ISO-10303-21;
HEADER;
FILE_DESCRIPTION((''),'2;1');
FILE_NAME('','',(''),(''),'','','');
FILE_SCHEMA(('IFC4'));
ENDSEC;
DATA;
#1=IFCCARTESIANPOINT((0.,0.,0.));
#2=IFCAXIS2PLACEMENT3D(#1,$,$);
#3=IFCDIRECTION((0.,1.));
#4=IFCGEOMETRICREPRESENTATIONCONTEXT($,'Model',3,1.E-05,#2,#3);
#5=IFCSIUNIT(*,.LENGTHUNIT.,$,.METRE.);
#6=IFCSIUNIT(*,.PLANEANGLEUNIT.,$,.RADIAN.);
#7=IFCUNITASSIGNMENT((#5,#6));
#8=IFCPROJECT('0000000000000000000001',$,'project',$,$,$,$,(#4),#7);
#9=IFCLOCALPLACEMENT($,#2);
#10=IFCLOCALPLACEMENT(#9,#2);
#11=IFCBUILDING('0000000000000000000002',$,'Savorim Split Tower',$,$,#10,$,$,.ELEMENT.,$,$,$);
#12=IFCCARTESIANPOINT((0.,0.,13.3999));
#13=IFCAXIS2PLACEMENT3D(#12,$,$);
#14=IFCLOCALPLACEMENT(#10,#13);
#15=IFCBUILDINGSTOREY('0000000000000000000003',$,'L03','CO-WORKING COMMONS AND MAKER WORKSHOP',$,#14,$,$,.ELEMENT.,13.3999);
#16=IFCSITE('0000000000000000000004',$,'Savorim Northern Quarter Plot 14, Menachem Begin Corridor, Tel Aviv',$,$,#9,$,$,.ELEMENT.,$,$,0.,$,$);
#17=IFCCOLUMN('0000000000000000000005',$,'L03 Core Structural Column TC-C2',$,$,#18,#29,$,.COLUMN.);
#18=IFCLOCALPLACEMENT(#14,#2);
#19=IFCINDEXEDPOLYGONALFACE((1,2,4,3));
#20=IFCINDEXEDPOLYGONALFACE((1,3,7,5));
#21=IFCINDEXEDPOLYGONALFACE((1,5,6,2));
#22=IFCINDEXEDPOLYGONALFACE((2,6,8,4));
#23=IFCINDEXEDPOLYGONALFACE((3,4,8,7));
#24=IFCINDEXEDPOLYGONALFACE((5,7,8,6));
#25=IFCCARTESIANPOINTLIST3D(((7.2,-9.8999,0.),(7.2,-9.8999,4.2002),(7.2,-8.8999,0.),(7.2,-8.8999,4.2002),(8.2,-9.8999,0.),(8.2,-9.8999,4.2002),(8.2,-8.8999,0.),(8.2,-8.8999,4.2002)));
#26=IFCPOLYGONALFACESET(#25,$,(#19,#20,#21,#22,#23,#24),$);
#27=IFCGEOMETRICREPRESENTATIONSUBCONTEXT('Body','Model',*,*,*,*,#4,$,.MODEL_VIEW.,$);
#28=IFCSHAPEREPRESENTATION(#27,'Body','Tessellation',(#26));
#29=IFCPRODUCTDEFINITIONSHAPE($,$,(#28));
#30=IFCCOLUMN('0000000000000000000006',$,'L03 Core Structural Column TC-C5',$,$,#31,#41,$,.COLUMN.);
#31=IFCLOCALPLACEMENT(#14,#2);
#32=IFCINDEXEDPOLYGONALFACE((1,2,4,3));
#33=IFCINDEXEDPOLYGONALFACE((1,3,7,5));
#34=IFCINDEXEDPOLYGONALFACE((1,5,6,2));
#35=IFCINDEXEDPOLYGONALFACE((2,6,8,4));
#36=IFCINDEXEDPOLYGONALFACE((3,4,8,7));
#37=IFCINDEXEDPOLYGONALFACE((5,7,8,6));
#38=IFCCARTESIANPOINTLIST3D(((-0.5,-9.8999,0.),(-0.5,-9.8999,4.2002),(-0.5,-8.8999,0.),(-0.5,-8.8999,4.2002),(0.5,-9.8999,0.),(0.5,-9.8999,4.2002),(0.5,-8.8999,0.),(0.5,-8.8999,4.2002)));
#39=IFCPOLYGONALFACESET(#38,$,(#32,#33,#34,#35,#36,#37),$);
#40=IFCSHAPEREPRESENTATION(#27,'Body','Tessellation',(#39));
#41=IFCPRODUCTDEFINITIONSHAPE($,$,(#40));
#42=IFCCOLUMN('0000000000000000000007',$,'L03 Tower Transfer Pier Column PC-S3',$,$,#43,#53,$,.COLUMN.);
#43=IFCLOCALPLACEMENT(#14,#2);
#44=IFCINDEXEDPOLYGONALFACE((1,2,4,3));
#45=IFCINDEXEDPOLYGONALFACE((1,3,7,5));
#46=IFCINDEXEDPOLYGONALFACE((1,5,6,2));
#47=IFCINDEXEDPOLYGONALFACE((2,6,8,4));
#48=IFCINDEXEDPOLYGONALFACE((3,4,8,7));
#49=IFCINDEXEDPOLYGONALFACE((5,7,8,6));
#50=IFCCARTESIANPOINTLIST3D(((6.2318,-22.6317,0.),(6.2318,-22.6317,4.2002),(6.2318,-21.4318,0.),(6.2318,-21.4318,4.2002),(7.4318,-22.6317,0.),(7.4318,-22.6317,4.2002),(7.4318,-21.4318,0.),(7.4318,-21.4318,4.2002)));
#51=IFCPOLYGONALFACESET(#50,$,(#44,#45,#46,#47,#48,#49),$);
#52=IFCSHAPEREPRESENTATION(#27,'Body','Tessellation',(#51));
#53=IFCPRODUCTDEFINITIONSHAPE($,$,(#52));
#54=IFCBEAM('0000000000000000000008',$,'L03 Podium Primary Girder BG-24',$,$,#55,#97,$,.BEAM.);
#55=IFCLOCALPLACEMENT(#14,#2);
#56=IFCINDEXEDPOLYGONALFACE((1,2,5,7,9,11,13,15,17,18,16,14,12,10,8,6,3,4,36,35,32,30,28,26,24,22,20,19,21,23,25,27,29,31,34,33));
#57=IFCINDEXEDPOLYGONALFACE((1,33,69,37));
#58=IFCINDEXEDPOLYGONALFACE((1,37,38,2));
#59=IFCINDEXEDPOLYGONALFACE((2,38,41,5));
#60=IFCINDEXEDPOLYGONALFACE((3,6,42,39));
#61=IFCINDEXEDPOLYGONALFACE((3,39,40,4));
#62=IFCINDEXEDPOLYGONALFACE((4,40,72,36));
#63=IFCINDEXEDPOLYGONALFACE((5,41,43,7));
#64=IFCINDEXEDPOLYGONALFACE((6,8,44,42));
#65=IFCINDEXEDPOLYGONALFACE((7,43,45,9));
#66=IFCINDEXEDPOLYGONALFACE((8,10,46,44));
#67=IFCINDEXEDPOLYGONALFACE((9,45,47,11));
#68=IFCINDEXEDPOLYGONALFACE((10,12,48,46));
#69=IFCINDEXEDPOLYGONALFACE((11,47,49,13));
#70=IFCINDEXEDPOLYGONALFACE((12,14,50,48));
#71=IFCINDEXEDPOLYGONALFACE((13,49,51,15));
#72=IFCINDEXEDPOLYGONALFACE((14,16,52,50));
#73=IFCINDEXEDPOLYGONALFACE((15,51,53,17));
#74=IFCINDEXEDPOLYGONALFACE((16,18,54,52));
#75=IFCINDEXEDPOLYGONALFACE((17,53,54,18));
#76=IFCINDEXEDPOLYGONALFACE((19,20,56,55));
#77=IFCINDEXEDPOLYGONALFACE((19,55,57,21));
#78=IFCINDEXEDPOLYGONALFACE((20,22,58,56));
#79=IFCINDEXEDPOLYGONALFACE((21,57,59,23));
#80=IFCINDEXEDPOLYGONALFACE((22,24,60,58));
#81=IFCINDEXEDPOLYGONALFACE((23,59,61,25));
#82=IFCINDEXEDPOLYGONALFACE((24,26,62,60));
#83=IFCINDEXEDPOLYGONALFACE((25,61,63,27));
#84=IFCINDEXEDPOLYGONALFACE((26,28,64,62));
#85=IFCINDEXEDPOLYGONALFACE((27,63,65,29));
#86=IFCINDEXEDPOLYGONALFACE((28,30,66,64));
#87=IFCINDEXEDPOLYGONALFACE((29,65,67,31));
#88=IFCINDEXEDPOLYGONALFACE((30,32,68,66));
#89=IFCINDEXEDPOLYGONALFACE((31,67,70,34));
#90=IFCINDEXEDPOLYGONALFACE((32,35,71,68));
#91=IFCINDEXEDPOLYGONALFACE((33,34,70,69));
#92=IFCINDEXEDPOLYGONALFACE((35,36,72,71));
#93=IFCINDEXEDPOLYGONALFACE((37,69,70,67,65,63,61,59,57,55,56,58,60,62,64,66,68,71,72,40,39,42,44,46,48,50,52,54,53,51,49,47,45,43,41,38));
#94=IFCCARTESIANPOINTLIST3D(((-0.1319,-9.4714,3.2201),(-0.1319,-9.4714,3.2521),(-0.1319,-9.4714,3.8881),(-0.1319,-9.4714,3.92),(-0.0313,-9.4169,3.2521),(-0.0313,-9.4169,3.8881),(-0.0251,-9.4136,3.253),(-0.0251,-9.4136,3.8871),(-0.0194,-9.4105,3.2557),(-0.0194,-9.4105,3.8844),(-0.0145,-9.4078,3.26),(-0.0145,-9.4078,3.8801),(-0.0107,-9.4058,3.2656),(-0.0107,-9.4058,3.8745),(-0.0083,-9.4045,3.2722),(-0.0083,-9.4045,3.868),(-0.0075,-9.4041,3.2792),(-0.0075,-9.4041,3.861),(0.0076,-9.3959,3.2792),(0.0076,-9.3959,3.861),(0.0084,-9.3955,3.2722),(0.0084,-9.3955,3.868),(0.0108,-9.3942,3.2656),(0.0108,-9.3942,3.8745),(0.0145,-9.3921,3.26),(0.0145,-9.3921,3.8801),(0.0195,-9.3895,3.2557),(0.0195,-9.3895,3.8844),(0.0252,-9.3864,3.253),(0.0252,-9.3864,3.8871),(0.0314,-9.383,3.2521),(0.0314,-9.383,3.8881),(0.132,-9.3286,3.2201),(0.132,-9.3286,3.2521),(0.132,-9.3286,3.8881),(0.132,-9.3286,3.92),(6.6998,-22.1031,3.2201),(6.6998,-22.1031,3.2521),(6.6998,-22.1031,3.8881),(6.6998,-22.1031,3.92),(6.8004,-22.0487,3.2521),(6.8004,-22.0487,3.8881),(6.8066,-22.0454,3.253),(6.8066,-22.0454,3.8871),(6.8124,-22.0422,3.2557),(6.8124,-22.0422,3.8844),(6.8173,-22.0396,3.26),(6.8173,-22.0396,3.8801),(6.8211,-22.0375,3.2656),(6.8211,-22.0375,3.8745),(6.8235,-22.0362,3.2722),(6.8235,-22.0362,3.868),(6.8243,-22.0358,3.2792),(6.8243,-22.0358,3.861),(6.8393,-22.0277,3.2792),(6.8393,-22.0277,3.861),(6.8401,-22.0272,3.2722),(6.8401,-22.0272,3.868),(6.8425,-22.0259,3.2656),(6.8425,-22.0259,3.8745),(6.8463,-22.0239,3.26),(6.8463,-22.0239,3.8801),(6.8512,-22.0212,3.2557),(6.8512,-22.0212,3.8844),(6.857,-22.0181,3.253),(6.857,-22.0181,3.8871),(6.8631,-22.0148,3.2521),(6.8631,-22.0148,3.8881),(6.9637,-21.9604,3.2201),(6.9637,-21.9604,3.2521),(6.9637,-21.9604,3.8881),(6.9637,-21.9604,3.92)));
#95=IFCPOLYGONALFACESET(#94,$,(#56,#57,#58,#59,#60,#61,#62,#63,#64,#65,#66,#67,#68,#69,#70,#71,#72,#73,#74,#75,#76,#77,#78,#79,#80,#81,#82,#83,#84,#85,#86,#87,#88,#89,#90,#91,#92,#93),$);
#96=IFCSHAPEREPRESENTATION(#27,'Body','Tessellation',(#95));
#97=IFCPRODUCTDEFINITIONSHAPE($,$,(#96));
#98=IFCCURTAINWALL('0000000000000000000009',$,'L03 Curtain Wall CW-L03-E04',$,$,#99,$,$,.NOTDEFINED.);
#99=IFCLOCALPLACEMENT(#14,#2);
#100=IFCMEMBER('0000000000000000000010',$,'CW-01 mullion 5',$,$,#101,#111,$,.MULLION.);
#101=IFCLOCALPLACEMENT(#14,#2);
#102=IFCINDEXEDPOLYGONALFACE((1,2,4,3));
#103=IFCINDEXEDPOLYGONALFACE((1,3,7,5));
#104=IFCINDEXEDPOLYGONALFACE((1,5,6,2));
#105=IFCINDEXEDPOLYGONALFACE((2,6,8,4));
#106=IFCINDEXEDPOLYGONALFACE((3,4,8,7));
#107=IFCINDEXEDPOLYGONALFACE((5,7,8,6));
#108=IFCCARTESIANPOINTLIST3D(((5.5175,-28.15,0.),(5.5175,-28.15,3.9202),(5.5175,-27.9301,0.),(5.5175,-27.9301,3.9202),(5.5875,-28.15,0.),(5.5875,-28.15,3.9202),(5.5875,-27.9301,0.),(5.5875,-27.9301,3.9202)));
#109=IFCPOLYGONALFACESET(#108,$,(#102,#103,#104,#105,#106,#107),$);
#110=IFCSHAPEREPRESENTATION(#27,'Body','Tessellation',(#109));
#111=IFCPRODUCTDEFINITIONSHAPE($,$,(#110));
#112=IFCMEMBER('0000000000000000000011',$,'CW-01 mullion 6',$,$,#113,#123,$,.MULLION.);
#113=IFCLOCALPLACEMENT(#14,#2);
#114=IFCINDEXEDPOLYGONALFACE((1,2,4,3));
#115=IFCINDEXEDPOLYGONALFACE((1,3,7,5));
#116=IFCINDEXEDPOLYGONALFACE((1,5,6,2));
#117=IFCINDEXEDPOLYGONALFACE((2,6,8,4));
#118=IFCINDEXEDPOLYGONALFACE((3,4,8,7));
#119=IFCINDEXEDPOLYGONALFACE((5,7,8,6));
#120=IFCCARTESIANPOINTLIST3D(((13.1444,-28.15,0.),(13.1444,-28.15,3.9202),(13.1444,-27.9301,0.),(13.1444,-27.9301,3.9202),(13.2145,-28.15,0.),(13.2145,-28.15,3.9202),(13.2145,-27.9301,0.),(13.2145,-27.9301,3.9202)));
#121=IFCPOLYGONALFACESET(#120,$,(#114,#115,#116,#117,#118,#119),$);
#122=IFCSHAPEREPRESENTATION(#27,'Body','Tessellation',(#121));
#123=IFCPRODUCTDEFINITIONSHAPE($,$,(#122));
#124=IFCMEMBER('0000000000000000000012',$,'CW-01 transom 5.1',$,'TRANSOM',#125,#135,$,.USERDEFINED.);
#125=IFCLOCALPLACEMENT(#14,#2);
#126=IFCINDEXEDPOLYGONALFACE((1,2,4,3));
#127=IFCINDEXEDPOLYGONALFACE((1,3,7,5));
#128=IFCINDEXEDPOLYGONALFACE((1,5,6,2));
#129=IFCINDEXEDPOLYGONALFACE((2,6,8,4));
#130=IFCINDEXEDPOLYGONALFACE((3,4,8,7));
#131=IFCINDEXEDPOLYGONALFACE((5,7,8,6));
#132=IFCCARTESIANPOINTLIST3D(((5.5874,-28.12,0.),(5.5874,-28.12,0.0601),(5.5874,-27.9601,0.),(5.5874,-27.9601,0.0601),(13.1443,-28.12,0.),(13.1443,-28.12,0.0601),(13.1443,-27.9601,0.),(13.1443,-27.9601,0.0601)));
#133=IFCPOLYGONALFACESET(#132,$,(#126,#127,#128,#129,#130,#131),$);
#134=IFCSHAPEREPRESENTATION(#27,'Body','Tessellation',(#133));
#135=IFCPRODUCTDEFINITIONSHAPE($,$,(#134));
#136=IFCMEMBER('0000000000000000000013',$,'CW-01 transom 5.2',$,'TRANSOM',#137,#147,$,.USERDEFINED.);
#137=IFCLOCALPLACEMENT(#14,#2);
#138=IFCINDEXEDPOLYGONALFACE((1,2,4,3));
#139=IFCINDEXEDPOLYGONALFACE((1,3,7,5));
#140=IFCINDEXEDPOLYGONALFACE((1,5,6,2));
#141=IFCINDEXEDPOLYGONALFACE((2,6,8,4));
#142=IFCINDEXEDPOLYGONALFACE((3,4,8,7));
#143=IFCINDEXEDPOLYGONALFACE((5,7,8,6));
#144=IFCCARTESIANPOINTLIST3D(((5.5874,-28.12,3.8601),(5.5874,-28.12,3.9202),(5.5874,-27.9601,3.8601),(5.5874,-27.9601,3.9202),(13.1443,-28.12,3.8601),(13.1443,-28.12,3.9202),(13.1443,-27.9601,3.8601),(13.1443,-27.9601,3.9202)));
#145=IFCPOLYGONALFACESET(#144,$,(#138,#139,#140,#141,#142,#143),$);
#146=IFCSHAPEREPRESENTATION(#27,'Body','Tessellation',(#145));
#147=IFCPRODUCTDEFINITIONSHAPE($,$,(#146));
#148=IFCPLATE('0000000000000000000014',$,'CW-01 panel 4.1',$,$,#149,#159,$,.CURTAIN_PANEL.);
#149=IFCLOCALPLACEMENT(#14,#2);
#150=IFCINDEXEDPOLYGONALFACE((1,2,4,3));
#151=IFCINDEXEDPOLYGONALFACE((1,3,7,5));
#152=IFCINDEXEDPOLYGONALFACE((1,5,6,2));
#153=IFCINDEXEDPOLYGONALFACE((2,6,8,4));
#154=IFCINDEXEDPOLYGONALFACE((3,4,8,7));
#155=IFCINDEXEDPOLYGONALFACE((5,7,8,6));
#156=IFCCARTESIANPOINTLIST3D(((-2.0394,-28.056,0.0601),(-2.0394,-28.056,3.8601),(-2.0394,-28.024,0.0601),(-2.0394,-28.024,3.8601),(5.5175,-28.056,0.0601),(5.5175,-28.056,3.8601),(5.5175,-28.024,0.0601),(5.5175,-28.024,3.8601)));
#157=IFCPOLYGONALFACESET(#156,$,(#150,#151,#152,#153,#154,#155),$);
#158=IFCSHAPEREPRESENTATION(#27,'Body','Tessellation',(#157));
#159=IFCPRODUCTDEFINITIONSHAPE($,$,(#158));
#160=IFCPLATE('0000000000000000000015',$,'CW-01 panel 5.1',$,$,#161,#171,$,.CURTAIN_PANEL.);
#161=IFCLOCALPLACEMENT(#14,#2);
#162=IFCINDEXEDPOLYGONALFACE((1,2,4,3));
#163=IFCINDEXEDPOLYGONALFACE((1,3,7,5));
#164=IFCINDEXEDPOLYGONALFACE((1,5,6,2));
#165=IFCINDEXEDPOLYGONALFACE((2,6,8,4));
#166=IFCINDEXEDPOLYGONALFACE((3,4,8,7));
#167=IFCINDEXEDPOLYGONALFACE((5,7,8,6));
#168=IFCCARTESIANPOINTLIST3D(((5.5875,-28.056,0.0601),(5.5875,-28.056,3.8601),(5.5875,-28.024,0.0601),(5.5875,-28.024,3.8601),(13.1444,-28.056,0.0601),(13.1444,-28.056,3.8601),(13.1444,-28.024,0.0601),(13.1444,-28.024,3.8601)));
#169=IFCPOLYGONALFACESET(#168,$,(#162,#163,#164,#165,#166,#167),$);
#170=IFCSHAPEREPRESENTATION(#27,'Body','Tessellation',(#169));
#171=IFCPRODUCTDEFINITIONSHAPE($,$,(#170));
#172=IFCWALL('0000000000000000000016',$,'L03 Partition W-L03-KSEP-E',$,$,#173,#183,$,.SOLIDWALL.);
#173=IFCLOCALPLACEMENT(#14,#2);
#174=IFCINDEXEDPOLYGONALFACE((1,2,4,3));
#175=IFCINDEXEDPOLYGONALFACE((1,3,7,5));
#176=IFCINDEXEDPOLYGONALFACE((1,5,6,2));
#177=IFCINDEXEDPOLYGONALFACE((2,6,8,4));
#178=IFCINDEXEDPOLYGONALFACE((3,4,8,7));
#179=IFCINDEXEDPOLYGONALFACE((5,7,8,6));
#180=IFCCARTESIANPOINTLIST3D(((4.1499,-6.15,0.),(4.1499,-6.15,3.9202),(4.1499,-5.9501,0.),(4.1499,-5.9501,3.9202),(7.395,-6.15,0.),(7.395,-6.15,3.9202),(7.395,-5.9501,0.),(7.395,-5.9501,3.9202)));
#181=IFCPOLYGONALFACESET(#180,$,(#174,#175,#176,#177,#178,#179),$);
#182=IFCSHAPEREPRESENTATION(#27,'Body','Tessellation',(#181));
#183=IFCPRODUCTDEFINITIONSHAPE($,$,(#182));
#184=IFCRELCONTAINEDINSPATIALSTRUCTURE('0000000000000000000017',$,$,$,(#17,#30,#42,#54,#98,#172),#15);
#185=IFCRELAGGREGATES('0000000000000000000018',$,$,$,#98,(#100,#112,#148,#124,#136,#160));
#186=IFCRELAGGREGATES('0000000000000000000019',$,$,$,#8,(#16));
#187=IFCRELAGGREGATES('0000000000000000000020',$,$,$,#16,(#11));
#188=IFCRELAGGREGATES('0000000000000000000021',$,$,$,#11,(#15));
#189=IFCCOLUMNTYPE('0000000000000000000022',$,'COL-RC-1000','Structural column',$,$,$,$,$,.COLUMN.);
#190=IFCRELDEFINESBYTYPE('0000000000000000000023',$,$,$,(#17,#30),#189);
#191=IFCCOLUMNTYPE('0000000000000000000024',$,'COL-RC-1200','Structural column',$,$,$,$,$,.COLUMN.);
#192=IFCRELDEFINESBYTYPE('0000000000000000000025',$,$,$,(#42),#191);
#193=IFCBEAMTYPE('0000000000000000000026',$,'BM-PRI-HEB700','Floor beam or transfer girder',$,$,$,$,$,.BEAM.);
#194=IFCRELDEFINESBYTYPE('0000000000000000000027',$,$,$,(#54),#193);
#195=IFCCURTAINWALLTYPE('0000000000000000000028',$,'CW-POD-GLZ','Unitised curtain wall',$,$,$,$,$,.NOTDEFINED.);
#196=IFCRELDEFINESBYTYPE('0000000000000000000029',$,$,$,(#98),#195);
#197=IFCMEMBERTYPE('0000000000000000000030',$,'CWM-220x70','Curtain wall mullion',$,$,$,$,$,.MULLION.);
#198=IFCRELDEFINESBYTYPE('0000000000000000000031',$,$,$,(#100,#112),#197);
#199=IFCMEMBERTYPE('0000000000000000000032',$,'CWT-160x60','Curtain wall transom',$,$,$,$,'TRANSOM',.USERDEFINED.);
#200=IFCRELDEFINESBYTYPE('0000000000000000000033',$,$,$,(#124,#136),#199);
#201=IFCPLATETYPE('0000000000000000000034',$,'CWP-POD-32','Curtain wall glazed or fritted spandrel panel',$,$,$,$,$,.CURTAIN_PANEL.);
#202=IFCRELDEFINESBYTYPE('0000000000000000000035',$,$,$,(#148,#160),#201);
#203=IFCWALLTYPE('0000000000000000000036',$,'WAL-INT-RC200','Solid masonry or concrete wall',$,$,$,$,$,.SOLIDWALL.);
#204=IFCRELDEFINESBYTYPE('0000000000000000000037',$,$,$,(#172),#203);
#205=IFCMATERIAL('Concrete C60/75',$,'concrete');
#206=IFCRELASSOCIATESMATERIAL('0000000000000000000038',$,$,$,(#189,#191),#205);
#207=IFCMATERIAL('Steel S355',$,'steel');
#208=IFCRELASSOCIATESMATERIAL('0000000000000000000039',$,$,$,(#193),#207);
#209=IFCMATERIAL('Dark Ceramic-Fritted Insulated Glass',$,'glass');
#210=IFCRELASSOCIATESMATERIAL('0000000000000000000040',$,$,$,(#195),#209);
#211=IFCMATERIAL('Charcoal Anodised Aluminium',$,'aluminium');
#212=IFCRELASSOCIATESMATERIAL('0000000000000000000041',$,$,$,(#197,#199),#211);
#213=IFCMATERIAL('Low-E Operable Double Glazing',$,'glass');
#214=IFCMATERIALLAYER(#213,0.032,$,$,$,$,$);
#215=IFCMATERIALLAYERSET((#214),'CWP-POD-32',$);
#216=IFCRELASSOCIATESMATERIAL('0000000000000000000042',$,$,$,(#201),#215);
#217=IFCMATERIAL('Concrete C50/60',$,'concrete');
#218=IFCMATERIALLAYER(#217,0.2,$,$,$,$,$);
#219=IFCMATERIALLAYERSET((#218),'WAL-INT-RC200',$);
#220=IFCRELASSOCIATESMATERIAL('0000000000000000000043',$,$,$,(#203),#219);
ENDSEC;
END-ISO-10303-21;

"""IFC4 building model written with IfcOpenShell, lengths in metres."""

from ifc_helpers import new_model, si_unit, direction, frame, frame_2d, origin, origin_2d, place, context, subcontext, project, spatial, rectangle, i_section, extrude, material, layer, layer_set, material_profile, profile_set, type_object, element, aggregate, save


model = new_model("IFC4")

# Units and contexts
model_context = context("Model", 3, precision=1e-05, world=origin(), true_north=direction((0.0, 1.0)))
body_context = subcontext(model_context, "Body", "Model", "MODEL_VIEW")
ifc_project = project(units=[si_unit("LENGTHUNIT", "METRE"), si_unit("PLANEANGLEUNIT", "RADIAN")], contexts=[model_context])

# Site, building, storey
site_placement = place(None, origin())
site = spatial("IfcSite", under=ifc_project, at=site_placement, Name="Savorim Northern Quarter Plot 14, Menachem Begin Corridor, Tel Aviv", CompositionType="ELEMENT", RefElevation=0.0)
building_placement = place(site_placement, origin())
building = spatial("IfcBuilding", under=site, at=building_placement, Name="Savorim Split Tower", CompositionType="ELEMENT")
storey_placement = place(building_placement, frame((0.0, 0.0, 13.3999)))
storey = spatial("IfcBuildingStorey", under=building, at=storey_placement, Name="L03", Description="CO-WORKING COMMONS AND MAKER WORKSHOP", CompositionType="ELEMENT", Elevation=13.3999)

# Columns
ifc_material_1 = material(Name="Concrete C60/75", Category="concrete")
ifc_material_profile_1 = material_profile(ifc_material_1, rectangle(XDim=1.0, YDim=1.0, at=origin_2d()), Name="RC 1000x1000")
ifc_profile_set_1 = profile_set([ifc_material_profile_1], Name="Concrete C60/75")
column_type_1 = type_object("IfcColumnType", Name="COL-RC-1000", Description="Structural column", PredefinedType="COLUMN", material=ifc_profile_set_1)
for number, where, z_axis, x_axis, name in (
    (1, (7.7, -9.3999, 0.0), (0.0, 0.0, 1.0), (1.0, 0.0, 0.0), "L03 Core Structural Column TC-C2"),
    (2, (0.0, -9.3999, 0.0), (0.0, 0.0, 1.0), (1.0, 0.0, 0.0), "L03 Core Structural Column TC-C5"),
):
    element("IfcColumn", number, at=place(storey_placement, frame(where, z_axis=z_axis, x_axis=x_axis)), inside=storey, type_object=column_type_1, Name=name, PredefinedType="COLUMN", context=body_context, shape_type="SweptSolid", body=[
        extrude(rectangle(XDim=1.0, YDim=1.0, at=origin_2d()), origin(), (0.0, 0.0, 1.0), 4.2002),
    ])
ifc_material_profile_2 = material_profile(ifc_material_1, rectangle(XDim=1.2, YDim=1.2, at=origin_2d()), Name="RC 1200x1200")
ifc_profile_set_2 = profile_set([ifc_material_profile_2], Name="Concrete C60/75")
column_type_2 = type_object("IfcColumnType", Name="COL-RC-1200", Description="Structural column", PredefinedType="COLUMN", material=ifc_profile_set_2)
column_placement = place(storey_placement, frame((6.8318, -22.0317, 0.0), z_axis=(0.0, 0.0, 1.0), x_axis=(1.0, 0.0, 0.0)))
element("IfcColumn", 3, at=column_placement, inside=storey, type_object=column_type_2, Name="L03 Tower Transfer Pier Column PC-S3", PredefinedType="COLUMN", context=body_context, shape_type="SweptSolid", body=[
    extrude(rectangle(XDim=1.2, YDim=1.2, at=origin_2d()), origin(), (0.0, 0.0, 1.0), 4.2002),
])

# Beam
ifc_material_2 = material(Name="Steel S355", Category="steel")
ifc_material_profile_3 = material_profile(ifc_material_2, i_section(OverallWidth=0.3, OverallDepth=0.7, WebThickness=0.0171, FlangeThickness=0.032, FilletRadius=0.0271, at=origin_2d()), Name="HEB 700")
ifc_profile_set_3 = profile_set([ifc_material_profile_3], Name="Steel S355")
beam_type = type_object("IfcBeamType", Name="BM-PRI-HEB700", Description="Floor beam or transfer girder", PredefinedType="BEAM", material=ifc_profile_set_3)
beam_placement = place(storey_placement, frame((6.8318, -22.0317, 3.5701), z_axis=(-0.47572, 0.879597, 0.0), x_axis=(-0.879597, -0.47572, 0.0)))
element("IfcBeam", 4, at=beam_placement, inside=storey, type_object=beam_type, Name="L03 Podium Primary Girder BG-24", PredefinedType="BEAM", context=body_context, shape_type="SweptSolid", body=[
    extrude(i_section(OverallWidth=0.3, OverallDepth=0.7, WebThickness=0.0171, FlangeThickness=0.032, FilletRadius=0.0271, at=origin_2d()), origin(), (0.0, 0.0, 1.0), 14.3608),
])

# Curtain wall, members, plates
ifc_material_3 = material(Name="Dark Ceramic-Fritted Insulated Glass", Category="glass")
curtain_wall_type = type_object("IfcCurtainWallType", Name="CW-POD-GLZ", Description="Unitised curtain wall", PredefinedType="NOTDEFINED", material=ifc_material_3)
curtain_wall_placement = place(storey_placement, origin())
curtain_wall = element("IfcCurtainWall", 5, at=curtain_wall_placement, inside=storey, type_object=curtain_wall_type, Name="L03 Curtain Wall CW-L03-E04", PredefinedType="NOTDEFINED")
ifc_material_4 = material(Name="Charcoal Anodised Aluminium", Category="aluminium")
ifc_material_profile_4 = material_profile(ifc_material_4, rectangle(XDim=0.22, YDim=0.0701, at=origin_2d()), Name="ALU-M 220x70")
ifc_profile_set_4 = profile_set([ifc_material_profile_4], Name="Charcoal Anodised Aluminium")
member_type_1 = type_object("IfcMemberType", Name="CWM-220x70", Description="Curtain wall mullion", PredefinedType="MULLION", material=ifc_profile_set_4)
member_1_placement = place(storey_placement, frame((5.5525, -28.04, 0.0), z_axis=(0.0, 0.0, 1.0), x_axis=(0.0, 1.0, 0.0)))
member_1 = element("IfcMember", 6, at=member_1_placement, type_object=member_type_1, Name="CW-01 mullion 5", PredefinedType="MULLION", context=body_context, shape_type="SweptSolid", body=[
    extrude(rectangle(XDim=0.22, YDim=0.0701, at=origin_2d()), origin(), (0.0, 0.0, 1.0), 3.9202),
])
member_2_placement = place(storey_placement, frame((13.1794, -28.04, 0.0), z_axis=(0.0, 0.0, 1.0), x_axis=(0.0, 1.0, 0.0)))
member_2 = element("IfcMember", 7, at=member_2_placement, type_object=member_type_1, Name="CW-01 mullion 6", PredefinedType="MULLION", context=body_context, shape_type="SweptSolid", body=[
    extrude(rectangle(XDim=0.22, YDim=0.0701, at=origin_2d()), origin(), (0.0, 0.0, 1.0), 3.9202),
])
ifc_material_profile_5 = material_profile(ifc_material_4, rectangle(XDim=0.1599, YDim=0.0601, at=origin_2d()), Name="ALU-T 160x60")
ifc_profile_set_5 = profile_set([ifc_material_profile_5], Name="Charcoal Anodised Aluminium")
member_type_2 = type_object("IfcMemberType", Name="CWT-160x60", Description="Curtain wall transom", ElementType="TRANSOM", PredefinedType="USERDEFINED", material=ifc_profile_set_5)
member_3_placement = place(storey_placement, frame((5.5874, -28.04, 0.03), z_axis=(1.0, 0.0, 0.0), x_axis=(0.0, 1.0, 0.0)))
member_3 = element("IfcMember", 8, at=member_3_placement, type_object=member_type_2, Name="CW-01 transom 5.1", ObjectType="TRANSOM", PredefinedType="USERDEFINED", context=body_context, shape_type="SweptSolid", body=[
    extrude(rectangle(XDim=0.1599, YDim=0.0601, at=origin_2d()), origin(), (0.0, 0.0, 1.0), 7.5569),
])
member_4_placement = place(storey_placement, frame((5.5874, -28.04, 3.8901), z_axis=(1.0, 0.0, 0.0), x_axis=(0.0, 1.0, 0.0)))
member_4 = element("IfcMember", 9, at=member_4_placement, type_object=member_type_2, Name="CW-01 transom 5.2", ObjectType="TRANSOM", PredefinedType="USERDEFINED", context=body_context, shape_type="SweptSolid", body=[
    extrude(rectangle(XDim=0.1599, YDim=0.0601, at=origin_2d()), origin(), (0.0, 0.0, 1.0), 7.5569),
])
ifc_material_5 = material(Name="Low-E Operable Double Glazing", Category="glass")
ifc_layer_1 = layer(ifc_material_5, 0.032)
ifc_layer_set_1 = layer_set([ifc_layer_1], Name="CWP-POD-32")
plate_type = type_object("IfcPlateType", Name="CWP-POD-32", Description="Curtain wall glazed or fritted spandrel panel", PredefinedType="CURTAIN_PANEL", material=ifc_layer_set_1)
plate_1_placement = place(storey_placement, frame((1.739, -28.04, 0.0601), z_axis=(0.0, 0.0, 1.0), x_axis=(1.0, 0.0, 0.0)))
plate_1 = element("IfcPlate", 10, at=plate_1_placement, type_object=plate_type, Name="CW-01 panel 4.1", PredefinedType="CURTAIN_PANEL", context=body_context, shape_type="SweptSolid", body=[
    extrude(rectangle(XDim=7.5569, YDim=0.032, at=origin_2d()), origin(), (0.0, 0.0, 1.0), 3.8),
])
plate_2_placement = place(storey_placement, frame((9.366, -28.04, 0.0601), z_axis=(0.0, 0.0, 1.0), x_axis=(1.0, 0.0, 0.0)))
plate_2 = element("IfcPlate", 11, at=plate_2_placement, type_object=plate_type, Name="CW-01 panel 5.1", PredefinedType="CURTAIN_PANEL", context=body_context, shape_type="SweptSolid", body=[
    extrude(rectangle(XDim=7.5569, YDim=0.032, at=origin_2d()), origin(), (0.0, 0.0, 1.0), 3.8),
])
aggregate(curtain_wall, [member_1, member_2, plate_1, member_3, member_4, plate_2])

# Shared definitions
ifc_material_6 = material(Name="Concrete C50/60", Category="concrete")
ifc_layer_2 = layer(ifc_material_6, 0.2)
ifc_layer_set_2 = layer_set([ifc_layer_2], Name="WAL-INT-RC200")
wall_type_1 = type_object("IfcWallType", Name="WAL-INT-RC200", Description="Solid masonry or concrete wall", PredefinedType="SOLIDWALL", material=ifc_layer_set_2)

# Wall
wall_1_placement = place(storey_placement, frame((4.1499, -6.05, 0.0), z_axis=(0.0, 0.0, 1.0), x_axis=(1.0, 0.0, 0.0)))
element("IfcWall", 12, at=wall_1_placement, inside=storey, type_object=wall_type_1, Name="L03 Partition W-L03-KSEP-E", PredefinedType="SOLIDWALL", context=body_context, shape_type="SweptSolid", body=[
    extrude(rectangle(XDim=3.2451, YDim=0.2, at=frame_2d((1.6226, 0.0))), origin(), (0.0, 0.0, 1.0), 3.9202),
])

save(model, "model.ifc")
